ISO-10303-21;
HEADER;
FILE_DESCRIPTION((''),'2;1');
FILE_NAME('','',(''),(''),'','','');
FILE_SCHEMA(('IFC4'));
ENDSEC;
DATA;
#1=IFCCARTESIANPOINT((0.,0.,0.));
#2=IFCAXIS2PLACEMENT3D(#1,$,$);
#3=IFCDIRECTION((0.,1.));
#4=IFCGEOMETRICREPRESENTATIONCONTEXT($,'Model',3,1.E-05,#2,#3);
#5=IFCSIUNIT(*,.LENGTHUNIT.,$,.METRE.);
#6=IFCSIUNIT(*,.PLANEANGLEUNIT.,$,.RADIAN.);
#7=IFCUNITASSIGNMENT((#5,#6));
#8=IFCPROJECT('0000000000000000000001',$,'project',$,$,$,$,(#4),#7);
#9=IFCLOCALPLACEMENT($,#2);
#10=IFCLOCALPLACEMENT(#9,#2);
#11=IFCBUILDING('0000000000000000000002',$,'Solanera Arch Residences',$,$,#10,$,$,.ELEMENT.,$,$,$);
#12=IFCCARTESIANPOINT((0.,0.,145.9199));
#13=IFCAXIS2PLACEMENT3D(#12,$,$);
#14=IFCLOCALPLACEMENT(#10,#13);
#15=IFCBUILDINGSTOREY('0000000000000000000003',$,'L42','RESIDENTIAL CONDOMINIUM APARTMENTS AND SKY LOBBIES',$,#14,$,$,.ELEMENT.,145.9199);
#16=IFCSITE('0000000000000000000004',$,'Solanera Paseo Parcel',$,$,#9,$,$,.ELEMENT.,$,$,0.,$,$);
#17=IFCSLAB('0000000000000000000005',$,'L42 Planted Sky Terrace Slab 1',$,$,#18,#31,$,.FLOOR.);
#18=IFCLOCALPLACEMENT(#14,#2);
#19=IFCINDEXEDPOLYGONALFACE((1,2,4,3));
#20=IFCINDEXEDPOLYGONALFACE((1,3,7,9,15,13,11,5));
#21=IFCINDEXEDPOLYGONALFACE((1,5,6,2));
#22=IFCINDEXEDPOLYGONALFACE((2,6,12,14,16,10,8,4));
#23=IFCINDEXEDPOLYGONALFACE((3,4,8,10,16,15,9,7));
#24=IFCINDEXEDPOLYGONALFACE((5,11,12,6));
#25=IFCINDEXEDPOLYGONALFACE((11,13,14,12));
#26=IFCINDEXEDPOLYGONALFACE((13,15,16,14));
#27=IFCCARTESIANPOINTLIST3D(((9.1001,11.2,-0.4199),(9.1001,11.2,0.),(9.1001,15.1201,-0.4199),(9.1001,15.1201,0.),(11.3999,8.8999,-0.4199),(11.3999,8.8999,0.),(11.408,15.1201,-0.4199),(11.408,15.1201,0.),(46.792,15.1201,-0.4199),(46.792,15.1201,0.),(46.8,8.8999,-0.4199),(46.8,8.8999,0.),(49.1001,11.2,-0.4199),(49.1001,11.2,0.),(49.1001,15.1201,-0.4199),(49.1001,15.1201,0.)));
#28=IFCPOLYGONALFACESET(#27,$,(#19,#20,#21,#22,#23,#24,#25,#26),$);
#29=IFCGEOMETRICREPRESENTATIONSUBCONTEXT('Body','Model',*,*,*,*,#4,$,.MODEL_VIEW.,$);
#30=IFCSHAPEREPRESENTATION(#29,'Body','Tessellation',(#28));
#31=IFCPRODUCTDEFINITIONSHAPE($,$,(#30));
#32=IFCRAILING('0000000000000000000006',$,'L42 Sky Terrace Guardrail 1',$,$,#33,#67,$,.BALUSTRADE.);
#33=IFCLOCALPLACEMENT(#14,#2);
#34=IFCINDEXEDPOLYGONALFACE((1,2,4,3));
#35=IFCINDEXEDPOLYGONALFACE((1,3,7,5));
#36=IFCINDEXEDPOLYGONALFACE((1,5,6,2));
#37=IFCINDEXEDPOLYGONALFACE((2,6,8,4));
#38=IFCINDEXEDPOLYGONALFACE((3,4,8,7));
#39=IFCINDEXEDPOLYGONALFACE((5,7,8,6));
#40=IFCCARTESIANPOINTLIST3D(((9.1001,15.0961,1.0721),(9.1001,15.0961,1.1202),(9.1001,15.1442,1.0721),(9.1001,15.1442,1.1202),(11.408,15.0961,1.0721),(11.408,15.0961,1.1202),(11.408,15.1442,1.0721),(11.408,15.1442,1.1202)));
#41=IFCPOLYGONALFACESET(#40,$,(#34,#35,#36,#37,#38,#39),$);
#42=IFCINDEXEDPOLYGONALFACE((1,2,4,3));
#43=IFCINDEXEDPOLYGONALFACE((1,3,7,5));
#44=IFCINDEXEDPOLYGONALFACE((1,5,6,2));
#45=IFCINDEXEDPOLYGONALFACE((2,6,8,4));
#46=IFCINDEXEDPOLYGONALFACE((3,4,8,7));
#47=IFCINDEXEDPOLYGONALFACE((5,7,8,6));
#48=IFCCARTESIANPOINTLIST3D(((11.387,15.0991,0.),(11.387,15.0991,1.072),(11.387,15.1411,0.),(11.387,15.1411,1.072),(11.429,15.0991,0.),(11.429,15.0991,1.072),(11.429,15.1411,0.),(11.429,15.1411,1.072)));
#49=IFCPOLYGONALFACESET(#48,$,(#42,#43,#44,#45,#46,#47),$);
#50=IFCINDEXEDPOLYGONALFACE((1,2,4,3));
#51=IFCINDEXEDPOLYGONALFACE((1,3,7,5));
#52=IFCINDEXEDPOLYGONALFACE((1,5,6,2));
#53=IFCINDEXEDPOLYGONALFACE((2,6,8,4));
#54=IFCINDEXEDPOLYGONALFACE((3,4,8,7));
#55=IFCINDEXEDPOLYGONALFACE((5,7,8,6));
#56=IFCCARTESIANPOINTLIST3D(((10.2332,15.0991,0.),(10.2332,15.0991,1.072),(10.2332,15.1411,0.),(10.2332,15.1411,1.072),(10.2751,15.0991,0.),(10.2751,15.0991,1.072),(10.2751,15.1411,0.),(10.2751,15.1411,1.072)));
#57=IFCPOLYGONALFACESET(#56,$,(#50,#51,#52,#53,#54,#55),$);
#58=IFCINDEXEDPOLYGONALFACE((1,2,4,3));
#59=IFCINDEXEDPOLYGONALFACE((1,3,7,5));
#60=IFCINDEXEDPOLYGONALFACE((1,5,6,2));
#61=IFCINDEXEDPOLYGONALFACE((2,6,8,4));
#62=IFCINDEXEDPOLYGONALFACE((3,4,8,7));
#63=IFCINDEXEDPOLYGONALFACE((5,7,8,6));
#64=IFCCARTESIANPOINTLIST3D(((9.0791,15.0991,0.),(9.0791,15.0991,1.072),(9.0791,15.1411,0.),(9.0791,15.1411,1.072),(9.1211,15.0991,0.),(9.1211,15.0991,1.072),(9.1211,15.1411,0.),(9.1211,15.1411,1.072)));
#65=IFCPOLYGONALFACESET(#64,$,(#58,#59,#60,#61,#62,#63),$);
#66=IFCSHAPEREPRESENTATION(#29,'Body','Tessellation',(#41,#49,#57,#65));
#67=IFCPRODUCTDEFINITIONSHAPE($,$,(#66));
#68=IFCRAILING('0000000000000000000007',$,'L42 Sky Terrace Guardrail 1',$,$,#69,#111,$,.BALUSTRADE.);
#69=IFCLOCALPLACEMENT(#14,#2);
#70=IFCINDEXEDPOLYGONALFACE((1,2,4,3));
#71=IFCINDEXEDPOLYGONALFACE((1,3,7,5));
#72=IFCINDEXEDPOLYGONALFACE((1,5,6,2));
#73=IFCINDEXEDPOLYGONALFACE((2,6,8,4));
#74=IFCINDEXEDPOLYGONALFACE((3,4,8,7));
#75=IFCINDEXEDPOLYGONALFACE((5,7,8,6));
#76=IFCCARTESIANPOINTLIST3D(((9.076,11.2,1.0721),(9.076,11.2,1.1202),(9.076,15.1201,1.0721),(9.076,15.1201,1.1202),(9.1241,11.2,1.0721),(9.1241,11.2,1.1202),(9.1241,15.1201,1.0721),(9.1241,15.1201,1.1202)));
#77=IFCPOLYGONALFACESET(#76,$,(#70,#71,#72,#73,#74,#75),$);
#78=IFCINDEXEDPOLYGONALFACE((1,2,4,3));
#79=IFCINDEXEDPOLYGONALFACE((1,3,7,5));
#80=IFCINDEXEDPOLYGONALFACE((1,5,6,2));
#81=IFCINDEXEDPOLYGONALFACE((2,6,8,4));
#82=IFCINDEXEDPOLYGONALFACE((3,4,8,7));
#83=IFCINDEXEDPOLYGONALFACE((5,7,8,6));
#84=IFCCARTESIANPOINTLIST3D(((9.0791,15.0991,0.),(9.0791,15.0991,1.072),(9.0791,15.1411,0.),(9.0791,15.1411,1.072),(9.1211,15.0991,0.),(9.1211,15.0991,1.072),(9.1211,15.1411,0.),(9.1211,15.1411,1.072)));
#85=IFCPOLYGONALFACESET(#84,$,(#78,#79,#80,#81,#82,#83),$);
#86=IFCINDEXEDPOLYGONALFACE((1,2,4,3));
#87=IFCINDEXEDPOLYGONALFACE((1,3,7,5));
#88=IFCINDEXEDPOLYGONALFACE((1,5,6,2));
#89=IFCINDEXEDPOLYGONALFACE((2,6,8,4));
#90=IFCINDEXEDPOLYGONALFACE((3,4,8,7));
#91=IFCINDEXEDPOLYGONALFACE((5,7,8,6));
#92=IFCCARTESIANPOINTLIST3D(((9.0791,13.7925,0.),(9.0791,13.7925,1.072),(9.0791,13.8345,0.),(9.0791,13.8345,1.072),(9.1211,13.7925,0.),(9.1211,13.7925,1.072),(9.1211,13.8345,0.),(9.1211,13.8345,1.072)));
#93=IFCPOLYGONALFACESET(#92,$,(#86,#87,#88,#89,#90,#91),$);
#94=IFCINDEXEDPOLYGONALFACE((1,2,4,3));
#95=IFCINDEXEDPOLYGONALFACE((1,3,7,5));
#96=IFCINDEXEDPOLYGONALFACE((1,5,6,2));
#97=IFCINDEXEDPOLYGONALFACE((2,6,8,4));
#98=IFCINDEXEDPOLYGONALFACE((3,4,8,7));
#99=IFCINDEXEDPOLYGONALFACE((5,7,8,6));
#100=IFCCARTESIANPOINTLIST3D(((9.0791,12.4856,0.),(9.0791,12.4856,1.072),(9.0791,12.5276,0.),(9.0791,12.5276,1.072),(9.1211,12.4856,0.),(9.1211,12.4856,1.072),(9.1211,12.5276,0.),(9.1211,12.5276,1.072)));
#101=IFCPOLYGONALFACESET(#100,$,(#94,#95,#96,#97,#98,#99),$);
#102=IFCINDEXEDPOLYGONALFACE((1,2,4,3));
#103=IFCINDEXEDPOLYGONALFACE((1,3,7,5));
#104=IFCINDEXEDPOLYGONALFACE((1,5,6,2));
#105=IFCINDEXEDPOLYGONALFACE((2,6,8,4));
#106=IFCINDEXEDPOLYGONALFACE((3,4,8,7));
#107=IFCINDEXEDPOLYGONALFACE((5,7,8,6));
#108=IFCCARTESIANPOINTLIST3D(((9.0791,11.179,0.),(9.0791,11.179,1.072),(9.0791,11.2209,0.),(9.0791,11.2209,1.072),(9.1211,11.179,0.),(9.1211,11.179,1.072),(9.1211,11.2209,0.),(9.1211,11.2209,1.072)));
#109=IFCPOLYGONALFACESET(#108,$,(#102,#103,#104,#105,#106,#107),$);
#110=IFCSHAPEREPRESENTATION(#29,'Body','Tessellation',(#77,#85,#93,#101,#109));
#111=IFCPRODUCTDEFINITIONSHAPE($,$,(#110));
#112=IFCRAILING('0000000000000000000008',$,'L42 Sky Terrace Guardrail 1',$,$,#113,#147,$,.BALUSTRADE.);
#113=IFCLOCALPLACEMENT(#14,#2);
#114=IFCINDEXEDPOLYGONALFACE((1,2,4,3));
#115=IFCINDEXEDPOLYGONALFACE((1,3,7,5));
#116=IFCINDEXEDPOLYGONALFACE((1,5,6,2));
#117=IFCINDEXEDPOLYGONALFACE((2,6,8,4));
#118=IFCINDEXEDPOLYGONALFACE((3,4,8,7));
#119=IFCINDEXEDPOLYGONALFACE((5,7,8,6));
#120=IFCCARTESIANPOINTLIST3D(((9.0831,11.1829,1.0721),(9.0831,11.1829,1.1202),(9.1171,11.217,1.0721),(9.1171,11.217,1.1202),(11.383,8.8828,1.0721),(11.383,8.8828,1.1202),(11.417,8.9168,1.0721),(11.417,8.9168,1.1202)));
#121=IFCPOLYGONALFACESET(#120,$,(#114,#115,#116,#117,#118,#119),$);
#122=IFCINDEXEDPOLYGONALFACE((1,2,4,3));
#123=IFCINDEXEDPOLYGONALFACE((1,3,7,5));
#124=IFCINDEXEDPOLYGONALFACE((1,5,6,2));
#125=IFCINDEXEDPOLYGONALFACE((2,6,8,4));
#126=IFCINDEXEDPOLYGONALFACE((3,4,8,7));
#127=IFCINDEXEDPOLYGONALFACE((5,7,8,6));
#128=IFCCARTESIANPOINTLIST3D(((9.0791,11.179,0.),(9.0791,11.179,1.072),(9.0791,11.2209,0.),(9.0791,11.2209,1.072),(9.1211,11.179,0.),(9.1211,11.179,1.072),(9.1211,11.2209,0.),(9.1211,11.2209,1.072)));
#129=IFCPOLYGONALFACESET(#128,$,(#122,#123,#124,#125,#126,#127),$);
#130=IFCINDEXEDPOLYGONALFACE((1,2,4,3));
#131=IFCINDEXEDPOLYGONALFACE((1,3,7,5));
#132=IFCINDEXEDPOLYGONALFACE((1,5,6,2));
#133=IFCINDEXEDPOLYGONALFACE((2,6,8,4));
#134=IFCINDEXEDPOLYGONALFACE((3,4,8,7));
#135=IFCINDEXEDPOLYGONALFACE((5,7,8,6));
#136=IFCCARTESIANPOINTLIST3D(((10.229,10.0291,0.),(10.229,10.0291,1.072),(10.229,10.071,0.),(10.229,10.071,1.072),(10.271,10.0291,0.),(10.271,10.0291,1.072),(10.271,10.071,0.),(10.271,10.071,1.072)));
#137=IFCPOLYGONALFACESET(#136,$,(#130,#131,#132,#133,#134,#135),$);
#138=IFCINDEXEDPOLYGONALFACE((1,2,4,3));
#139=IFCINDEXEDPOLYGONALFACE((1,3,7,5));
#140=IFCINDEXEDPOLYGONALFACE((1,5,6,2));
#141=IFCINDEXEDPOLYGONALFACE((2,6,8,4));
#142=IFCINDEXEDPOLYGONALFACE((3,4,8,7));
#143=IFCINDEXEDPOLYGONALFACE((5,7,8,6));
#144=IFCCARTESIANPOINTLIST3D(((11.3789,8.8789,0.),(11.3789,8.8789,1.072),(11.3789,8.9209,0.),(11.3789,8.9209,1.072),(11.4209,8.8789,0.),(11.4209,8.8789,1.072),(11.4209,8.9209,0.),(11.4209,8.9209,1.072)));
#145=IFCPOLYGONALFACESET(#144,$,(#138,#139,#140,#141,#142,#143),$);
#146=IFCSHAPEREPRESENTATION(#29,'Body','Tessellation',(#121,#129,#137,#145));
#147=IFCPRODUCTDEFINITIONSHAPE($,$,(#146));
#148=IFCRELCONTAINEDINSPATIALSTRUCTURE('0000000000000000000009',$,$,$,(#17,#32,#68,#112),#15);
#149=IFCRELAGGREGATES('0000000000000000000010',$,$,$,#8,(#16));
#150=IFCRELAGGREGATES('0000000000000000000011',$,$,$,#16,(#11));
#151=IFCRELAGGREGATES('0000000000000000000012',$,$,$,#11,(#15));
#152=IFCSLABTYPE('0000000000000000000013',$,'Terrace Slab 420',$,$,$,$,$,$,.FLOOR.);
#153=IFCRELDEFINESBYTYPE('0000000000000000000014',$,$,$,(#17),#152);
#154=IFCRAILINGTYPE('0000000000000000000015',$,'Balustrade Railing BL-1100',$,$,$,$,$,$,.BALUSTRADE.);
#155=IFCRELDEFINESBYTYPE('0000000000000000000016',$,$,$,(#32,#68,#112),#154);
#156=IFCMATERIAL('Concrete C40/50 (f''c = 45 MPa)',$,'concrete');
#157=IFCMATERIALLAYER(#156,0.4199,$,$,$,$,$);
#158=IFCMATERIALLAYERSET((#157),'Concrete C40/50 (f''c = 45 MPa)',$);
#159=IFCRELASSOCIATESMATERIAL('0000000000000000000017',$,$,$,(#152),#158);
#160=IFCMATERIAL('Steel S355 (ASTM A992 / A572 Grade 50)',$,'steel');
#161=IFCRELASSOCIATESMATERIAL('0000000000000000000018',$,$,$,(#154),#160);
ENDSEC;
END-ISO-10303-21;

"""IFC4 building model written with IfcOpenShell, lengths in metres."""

from ifc_helpers import new_model, si_unit, direction, frame, origin, origin_2d, place, context, subcontext, project, spatial, polyline, rectangle, outline, extrude, material, layer, layer_set, type_object, element, save


model = new_model("IFC4")

# Units and contexts
model_context = context("Model", 3, precision=1e-05, world=origin(), true_north=direction((0.0, 1.0)))
body_context = subcontext(model_context, "Body", "Model", "MODEL_VIEW")
ifc_project = project(units=[si_unit("LENGTHUNIT", "METRE"), si_unit("PLANEANGLEUNIT", "RADIAN")], contexts=[model_context])

# Site, building, storey
site_placement = place(None, origin())
site = spatial("IfcSite", under=ifc_project, at=site_placement, Name="Solanera Paseo Parcel", CompositionType="ELEMENT", RefElevation=0.0)
building_placement = place(site_placement, origin())
building = spatial("IfcBuilding", under=site, at=building_placement, Name="Solanera Arch Residences", CompositionType="ELEMENT")
storey_placement = place(building_placement, frame((0.0, 0.0, 145.9199)))
storey = spatial("IfcBuildingStorey", under=building, at=storey_placement, Name="L42", Description="RESIDENTIAL CONDOMINIUM APARTMENTS AND SKY LOBBIES", CompositionType="ELEMENT", Elevation=145.9199)

# Slab
ifc_material_1 = material(Name="Concrete C40/50 (f'c = 45 MPa)", Category="concrete")
ifc_layer_1 = layer(ifc_material_1, 0.4199)
ifc_layer_set_1 = layer_set([ifc_layer_1], Name="Concrete C40/50 (f'c = 45 MPa)")
slab_type_1 = type_object("IfcSlabType", Name="Terrace Slab 420", PredefinedType="FLOOR", material=ifc_layer_set_1)
slab_1_placement = place(storey_placement, frame((0.0, 0.0, -0.4199)))
element("IfcSlab", 1, at=slab_1_placement, inside=storey, type_object=slab_type_1, Name="L42 Planted Sky Terrace Slab 1", PredefinedType="FLOOR", context=body_context, shape_type="SweptSolid", body=[
    extrude(outline(polyline([(49.1001, 15.1201), (46.792, 15.1201), (11.408, 15.1201), (9.1001, 15.1201), (9.1001, 11.2), (11.3999, 8.8999), (46.8, 8.8999), (49.1001, 11.2), (49.1001, 15.1201)])), origin(), (0.0, 0.0, 1.0), 0.4199),
])

# Railings
ifc_material_2 = material(Name="Steel S355 (ASTM A992 / A572 Grade 50)", Category="steel")
railing_type = type_object("IfcRailingType", Name="Balustrade Railing BL-1100", PredefinedType="BALUSTRADE", material=ifc_material_2)
railing_1_placement = place(storey_placement, frame((11.408, 15.1201, 0.0)))
element("IfcRailing", 2, at=railing_1_placement, inside=storey, type_object=railing_type, Name="L42 Sky Terrace Guardrail 1", PredefinedType="BALUSTRADE", context=body_context, shape_type="SweptSolid", body=[
    extrude(rectangle(XDim=0.0481, YDim=0.0481, at=origin_2d()), frame((0.0, 0.0, 1.0962), z_axis=(-1.0, 0.0, 0.0), x_axis=(0.0, -1.0, 0.0)), (0.0, 0.0, 1.0), 2.3079),
    extrude(rectangle(XDim=0.042, YDim=0.042, at=origin_2d()), origin(), (0.0, 0.0, 1.0), 1.072),
    extrude(rectangle(XDim=0.042, YDim=0.042, at=origin_2d()), frame((-1.1538, 0.0, 0.0)), (0.0, 0.0, 1.0), 1.072),
    extrude(rectangle(XDim=0.042, YDim=0.042, at=origin_2d()), frame((-2.3079, 0.0, 0.0)), (0.0, 0.0, 1.0), 1.072),
])
railing_2_placement = place(storey_placement, frame((9.1001, 15.1201, 0.0)))
element("IfcRailing", 3, at=railing_2_placement, inside=storey, type_object=railing_type, Name="L42 Sky Terrace Guardrail 1", PredefinedType="BALUSTRADE", context=body_context, shape_type="SweptSolid", body=[
    extrude(rectangle(XDim=0.0481, YDim=0.0481, at=origin_2d()), frame((0.0, 0.0, 1.0962), z_axis=(0.0, -1.0, 0.0), x_axis=(1.0, 0.0, 0.0)), (0.0, 0.0, 1.0), 3.9202),
    extrude(rectangle(XDim=0.042, YDim=0.042, at=origin_2d()), origin(), (0.0, 0.0, 1.0), 1.072),
    extrude(rectangle(XDim=0.042, YDim=0.042, at=origin_2d()), frame((0.0, -1.3066, 0.0)), (0.0, 0.0, 1.0), 1.072),
    extrude(rectangle(XDim=0.042, YDim=0.042, at=origin_2d()), frame((0.0, -2.6135, 0.0)), (0.0, 0.0, 1.0), 1.072),
    extrude(rectangle(XDim=0.042, YDim=0.042, at=origin_2d()), frame((0.0, -3.9202, 0.0)), (0.0, 0.0, 1.0), 1.072),
])
railing_3_placement = place(storey_placement, frame((9.1001, 11.2, 0.0)))
element("IfcRailing", 4, at=railing_3_placement, inside=storey, type_object=railing_type, Name="L42 Sky Terrace Guardrail 1", PredefinedType="BALUSTRADE", context=body_context, shape_type="SweptSolid", body=[
    extrude(rectangle(XDim=0.0481, YDim=0.0481, at=origin_2d()), frame((0.0, 0.0, 1.0962), z_axis=(0.707069, -0.707144, 0.0), x_axis=(0.707144, 0.707069, 0.0)), (0.0, 0.0, 1.0), 3.2527),
    extrude(rectangle(XDim=0.042, YDim=0.042, at=origin_2d()), origin(), (0.0, 0.0, 1.0), 1.072),
    extrude(rectangle(XDim=0.042, YDim=0.042, at=origin_2d()), frame((1.1499, -1.1499, 0.0)), (0.0, 0.0, 1.0), 1.072),
    extrude(rectangle(XDim=0.042, YDim=0.042, at=origin_2d()), frame((2.2998, -2.3, 0.0)), (0.0, 0.0, 1.0), 1.072),
])

save(model, "model.ifc")
